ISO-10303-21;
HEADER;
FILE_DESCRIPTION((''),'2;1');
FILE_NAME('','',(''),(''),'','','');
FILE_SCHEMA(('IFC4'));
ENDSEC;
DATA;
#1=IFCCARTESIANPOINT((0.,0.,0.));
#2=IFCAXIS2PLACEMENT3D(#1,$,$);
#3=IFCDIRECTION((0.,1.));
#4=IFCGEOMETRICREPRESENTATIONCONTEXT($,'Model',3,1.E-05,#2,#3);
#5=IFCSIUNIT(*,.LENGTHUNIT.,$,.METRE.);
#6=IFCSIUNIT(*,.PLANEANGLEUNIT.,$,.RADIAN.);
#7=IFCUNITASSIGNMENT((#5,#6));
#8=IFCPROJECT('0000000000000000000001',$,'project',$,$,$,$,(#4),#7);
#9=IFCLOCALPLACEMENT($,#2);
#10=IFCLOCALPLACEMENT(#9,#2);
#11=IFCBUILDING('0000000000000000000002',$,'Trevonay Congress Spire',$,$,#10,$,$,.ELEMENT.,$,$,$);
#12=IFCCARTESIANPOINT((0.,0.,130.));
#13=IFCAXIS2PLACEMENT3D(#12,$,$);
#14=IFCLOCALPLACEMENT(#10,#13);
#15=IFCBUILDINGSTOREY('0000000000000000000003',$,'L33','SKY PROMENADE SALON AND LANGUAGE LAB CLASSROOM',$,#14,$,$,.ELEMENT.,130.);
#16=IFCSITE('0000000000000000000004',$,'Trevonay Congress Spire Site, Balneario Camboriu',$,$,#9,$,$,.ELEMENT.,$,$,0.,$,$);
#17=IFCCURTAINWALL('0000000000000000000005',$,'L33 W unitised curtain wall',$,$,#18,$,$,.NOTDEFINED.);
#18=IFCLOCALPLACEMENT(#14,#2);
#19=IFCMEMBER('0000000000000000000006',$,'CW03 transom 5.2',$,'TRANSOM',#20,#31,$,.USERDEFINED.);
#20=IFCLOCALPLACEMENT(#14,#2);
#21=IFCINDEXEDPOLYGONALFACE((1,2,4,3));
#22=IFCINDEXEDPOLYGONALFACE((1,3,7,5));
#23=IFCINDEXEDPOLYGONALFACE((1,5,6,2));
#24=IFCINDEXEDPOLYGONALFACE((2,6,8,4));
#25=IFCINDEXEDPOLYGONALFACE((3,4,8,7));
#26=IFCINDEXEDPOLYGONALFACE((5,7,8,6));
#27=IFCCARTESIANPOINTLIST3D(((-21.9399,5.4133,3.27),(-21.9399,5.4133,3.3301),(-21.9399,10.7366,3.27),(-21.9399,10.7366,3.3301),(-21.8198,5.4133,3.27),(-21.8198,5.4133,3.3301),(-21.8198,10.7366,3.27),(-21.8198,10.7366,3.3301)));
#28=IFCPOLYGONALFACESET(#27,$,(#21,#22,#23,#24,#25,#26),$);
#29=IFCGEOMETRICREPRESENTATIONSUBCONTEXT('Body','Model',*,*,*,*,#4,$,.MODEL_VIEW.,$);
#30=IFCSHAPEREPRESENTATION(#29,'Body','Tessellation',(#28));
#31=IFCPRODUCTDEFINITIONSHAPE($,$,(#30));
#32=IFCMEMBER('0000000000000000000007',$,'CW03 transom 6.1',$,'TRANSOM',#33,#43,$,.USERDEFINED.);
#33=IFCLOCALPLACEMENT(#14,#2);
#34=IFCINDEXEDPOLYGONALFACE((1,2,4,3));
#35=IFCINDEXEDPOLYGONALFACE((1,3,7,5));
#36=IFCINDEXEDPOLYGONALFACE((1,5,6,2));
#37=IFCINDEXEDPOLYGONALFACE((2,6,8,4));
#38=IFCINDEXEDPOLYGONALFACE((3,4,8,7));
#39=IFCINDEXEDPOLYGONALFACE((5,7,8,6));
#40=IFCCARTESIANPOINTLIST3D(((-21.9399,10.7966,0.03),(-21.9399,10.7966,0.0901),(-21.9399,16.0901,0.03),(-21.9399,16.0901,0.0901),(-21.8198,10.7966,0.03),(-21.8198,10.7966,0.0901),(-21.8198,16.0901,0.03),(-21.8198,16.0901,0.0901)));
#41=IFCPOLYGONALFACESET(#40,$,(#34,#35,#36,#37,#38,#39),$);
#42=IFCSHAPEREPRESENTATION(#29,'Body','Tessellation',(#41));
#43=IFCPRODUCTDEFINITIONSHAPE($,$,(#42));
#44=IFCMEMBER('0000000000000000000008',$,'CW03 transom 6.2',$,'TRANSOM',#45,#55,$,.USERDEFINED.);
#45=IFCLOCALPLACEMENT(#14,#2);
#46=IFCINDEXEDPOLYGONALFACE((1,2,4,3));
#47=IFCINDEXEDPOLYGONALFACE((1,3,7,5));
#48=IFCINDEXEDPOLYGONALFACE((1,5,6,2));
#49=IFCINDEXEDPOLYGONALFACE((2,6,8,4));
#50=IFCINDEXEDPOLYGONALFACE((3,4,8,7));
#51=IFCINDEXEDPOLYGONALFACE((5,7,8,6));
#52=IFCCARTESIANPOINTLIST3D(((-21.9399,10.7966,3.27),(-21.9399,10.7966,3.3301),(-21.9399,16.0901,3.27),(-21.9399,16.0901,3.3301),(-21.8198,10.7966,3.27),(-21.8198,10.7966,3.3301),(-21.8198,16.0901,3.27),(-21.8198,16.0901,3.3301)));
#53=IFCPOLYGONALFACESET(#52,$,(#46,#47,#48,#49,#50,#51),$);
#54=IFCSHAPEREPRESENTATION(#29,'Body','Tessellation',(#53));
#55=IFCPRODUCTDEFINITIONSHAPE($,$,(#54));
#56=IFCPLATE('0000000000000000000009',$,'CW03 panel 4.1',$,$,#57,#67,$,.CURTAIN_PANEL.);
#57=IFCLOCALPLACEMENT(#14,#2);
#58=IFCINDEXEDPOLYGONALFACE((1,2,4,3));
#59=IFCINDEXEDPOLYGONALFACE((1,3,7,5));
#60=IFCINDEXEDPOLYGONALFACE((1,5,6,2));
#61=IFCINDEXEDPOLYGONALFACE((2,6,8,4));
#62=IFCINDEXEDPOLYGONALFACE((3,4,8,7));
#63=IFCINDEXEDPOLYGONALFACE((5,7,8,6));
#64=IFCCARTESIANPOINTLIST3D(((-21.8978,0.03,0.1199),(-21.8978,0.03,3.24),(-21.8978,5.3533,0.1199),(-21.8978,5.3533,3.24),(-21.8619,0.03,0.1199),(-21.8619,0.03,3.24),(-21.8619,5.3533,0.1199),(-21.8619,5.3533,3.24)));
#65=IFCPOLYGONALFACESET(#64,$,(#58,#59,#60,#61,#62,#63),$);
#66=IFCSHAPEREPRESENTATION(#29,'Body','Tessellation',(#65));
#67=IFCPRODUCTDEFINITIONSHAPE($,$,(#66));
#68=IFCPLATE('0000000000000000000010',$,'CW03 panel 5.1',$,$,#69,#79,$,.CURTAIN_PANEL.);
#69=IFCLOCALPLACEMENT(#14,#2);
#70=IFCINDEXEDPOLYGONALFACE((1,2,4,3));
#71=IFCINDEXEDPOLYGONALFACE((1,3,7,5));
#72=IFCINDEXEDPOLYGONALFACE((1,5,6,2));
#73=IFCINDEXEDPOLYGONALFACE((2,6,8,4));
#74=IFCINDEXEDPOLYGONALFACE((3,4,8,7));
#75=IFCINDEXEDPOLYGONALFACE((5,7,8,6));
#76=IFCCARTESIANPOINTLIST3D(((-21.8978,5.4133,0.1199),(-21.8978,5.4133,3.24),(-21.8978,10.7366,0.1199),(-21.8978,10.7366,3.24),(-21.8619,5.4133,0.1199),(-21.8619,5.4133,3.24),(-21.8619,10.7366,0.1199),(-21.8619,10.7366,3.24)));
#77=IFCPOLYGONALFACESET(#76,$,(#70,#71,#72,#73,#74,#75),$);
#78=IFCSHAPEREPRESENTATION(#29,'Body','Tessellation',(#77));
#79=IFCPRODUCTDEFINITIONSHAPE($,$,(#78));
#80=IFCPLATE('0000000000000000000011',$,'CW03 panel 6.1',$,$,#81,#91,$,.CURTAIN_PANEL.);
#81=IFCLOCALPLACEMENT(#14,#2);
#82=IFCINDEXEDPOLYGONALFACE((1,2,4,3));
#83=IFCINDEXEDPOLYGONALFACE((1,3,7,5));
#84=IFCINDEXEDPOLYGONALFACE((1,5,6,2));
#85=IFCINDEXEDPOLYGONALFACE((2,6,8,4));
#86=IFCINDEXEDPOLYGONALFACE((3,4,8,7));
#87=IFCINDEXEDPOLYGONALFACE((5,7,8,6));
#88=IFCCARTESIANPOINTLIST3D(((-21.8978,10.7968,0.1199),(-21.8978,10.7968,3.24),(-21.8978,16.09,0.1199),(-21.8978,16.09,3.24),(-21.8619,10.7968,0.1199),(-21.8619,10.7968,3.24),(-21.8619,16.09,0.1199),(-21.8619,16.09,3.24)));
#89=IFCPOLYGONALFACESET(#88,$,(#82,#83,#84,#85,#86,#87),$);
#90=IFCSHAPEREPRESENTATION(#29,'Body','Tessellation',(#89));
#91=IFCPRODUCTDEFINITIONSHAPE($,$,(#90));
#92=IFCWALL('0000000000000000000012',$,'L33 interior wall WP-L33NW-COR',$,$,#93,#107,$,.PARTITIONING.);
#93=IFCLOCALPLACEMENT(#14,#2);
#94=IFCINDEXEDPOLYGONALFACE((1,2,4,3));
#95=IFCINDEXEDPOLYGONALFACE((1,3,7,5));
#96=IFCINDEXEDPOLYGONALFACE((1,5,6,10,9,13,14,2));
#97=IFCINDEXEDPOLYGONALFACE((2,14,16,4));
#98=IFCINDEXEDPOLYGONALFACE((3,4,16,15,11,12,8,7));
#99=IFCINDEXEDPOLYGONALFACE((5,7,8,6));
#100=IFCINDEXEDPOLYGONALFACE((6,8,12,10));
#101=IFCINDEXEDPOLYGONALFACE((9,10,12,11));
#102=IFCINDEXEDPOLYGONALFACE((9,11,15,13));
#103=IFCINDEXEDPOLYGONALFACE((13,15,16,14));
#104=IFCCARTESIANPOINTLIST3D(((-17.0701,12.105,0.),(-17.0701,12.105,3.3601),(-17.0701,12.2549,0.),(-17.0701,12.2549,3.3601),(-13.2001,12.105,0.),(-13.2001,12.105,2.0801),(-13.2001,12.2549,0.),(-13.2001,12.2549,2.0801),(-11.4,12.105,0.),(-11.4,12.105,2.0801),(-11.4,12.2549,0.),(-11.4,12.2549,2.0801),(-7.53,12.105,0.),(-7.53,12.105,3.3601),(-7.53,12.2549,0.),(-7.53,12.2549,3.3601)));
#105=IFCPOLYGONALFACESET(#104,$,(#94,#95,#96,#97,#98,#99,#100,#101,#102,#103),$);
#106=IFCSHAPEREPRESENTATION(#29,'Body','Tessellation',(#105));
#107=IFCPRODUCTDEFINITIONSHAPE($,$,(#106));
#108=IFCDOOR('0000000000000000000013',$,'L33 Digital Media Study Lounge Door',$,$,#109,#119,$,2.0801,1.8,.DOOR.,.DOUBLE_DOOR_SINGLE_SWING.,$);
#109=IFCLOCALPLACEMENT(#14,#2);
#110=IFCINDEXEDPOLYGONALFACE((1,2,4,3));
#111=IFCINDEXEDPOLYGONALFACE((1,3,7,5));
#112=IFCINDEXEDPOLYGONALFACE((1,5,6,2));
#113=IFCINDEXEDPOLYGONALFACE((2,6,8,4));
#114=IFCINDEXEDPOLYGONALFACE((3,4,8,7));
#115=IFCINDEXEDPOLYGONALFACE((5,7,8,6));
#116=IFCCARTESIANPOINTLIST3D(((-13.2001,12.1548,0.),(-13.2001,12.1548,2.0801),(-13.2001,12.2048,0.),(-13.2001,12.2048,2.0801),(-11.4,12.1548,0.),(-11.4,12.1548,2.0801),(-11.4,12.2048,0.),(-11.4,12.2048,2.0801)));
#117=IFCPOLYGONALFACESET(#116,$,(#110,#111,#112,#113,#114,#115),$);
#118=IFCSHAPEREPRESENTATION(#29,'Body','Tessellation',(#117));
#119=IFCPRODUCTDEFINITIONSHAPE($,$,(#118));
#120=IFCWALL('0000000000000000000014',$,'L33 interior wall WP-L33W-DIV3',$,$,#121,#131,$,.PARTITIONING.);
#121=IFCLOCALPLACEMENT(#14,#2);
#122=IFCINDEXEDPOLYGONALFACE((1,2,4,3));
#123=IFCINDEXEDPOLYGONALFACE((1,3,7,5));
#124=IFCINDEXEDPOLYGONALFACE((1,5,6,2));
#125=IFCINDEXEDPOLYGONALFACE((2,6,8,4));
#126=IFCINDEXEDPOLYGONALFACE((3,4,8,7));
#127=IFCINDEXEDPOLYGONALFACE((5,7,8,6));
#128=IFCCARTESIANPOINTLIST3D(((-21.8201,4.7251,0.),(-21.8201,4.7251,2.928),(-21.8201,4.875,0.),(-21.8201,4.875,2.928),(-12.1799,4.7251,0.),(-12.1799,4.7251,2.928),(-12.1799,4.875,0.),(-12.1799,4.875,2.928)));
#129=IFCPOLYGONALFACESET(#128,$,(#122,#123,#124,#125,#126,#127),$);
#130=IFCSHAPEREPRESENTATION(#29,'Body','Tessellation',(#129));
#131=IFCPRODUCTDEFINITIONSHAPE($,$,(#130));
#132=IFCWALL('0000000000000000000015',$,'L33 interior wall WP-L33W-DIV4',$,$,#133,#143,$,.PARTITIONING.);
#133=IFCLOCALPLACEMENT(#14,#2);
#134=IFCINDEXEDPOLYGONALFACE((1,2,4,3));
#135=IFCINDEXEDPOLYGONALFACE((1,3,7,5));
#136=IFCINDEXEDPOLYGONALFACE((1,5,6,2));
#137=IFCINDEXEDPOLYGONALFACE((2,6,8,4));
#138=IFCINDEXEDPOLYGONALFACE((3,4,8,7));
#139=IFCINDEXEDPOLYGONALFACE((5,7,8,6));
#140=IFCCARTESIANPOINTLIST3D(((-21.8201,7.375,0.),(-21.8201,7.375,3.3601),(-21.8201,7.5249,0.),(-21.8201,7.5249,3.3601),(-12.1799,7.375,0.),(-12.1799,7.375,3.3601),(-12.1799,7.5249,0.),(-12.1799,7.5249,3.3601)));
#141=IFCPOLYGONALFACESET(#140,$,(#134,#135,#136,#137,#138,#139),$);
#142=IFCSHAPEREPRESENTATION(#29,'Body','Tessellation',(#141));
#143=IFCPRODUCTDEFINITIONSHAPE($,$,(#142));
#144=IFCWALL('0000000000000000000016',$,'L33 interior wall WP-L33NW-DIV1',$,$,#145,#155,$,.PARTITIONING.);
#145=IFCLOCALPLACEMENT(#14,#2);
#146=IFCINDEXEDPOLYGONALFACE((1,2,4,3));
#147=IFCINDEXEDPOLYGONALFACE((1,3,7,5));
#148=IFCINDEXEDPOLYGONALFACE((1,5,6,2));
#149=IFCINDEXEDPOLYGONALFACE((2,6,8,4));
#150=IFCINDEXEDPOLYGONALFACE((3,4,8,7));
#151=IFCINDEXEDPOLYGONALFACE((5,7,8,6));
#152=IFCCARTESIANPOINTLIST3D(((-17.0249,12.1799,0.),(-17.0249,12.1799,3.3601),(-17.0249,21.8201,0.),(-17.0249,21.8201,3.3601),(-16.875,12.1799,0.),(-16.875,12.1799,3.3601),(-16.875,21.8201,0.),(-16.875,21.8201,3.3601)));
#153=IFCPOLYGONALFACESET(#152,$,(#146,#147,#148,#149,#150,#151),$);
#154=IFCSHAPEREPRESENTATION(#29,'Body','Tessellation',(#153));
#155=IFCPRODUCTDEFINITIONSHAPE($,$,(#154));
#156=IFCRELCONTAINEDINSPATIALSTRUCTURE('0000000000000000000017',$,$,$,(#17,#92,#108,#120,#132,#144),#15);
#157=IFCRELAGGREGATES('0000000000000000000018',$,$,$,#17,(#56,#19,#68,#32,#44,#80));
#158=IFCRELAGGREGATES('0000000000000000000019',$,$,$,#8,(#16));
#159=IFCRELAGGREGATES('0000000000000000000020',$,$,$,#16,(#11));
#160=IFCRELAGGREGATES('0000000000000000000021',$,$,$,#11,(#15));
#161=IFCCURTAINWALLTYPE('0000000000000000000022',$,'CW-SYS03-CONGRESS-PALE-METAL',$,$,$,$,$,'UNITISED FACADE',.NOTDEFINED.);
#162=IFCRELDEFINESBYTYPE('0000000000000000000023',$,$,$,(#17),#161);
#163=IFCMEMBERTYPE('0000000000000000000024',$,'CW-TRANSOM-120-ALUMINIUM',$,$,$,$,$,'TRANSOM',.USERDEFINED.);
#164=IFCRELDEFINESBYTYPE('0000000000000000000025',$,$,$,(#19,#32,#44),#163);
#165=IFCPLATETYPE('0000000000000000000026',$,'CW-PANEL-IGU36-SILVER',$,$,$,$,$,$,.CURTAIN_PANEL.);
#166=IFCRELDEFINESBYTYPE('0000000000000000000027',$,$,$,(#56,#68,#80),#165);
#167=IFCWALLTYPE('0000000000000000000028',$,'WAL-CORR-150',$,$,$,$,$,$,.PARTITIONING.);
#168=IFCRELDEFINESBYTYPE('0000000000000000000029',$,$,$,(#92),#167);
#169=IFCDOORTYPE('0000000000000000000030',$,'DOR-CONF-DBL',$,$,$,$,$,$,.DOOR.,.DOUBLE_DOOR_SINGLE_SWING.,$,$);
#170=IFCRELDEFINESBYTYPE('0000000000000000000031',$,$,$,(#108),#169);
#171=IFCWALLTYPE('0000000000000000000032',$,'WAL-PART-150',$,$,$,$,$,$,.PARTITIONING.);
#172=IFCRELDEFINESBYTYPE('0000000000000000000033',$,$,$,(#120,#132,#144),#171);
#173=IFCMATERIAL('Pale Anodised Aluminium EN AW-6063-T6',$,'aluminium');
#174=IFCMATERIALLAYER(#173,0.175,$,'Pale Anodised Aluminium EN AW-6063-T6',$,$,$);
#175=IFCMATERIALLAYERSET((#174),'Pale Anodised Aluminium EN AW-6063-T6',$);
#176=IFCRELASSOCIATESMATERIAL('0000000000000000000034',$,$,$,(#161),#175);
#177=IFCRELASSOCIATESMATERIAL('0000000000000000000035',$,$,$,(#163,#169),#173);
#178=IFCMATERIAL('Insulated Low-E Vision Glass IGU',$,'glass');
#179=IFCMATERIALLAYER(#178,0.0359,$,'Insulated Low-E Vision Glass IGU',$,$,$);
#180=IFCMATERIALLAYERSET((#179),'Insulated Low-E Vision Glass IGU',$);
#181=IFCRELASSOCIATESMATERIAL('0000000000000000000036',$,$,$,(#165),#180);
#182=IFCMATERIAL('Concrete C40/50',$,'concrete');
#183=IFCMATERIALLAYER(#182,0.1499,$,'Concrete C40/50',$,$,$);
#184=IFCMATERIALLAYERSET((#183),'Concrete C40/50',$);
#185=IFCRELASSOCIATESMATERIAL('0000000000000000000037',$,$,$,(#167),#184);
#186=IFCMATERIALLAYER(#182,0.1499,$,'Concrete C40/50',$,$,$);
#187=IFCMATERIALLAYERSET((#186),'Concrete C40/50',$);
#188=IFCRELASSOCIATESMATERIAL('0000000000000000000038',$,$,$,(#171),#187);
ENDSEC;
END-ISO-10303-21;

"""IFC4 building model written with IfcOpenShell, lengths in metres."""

from ifc_helpers import new_model, si_unit, direction, frame, frame_2d, origin, origin_2d, place, context, subcontext, project, spatial, rectangle, extrude, material, layer, layer_set, material_profile, profile_set, type_object, element, fill, aggregate, save


model = new_model("IFC4")

# Units and contexts
model_context = context("Model", 3, precision=1e-05, world=origin(), true_north=direction((0.0, 1.0)))
body_context = subcontext(model_context, "Body", "Model", "MODEL_VIEW")
ifc_project = project(units=[si_unit("LENGTHUNIT", "METRE"), si_unit("PLANEANGLEUNIT", "RADIAN")], contexts=[model_context])

# Site, building, storey
site_placement = place(None, origin())
site = spatial("IfcSite", under=ifc_project, at=site_placement, Name="Trevonay Congress Spire Site, Balneario Camboriu", CompositionType="ELEMENT", RefElevation=0.0)
building_placement = place(site_placement, origin())
building = spatial("IfcBuilding", under=site, at=building_placement, Name="Trevonay Congress Spire", CompositionType="ELEMENT")
storey_placement = place(building_placement, frame((0.0, 0.0, 130.0)))
storey = spatial("IfcBuildingStorey", under=building, at=storey_placement, Name="L33", Description="SKY PROMENADE SALON AND LANGUAGE LAB CLASSROOM", CompositionType="ELEMENT", Elevation=130.0)

# Curtain wall, members, plates
ifc_material_1 = material(Name="Pale Anodised Aluminium EN AW-6063-T6", Category="aluminium")
ifc_layer_1 = layer(ifc_material_1, 0.175, Name="Pale Anodised Aluminium EN AW-6063-T6")
ifc_layer_set_1 = layer_set([ifc_layer_1], Name="Pale Anodised Aluminium EN AW-6063-T6")
curtain_wall_type = type_object("IfcCurtainWallType", Name="CW-SYS03-CONGRESS-PALE-METAL", ElementType="UNITISED FACADE", PredefinedType="NOTDEFINED", material=ifc_layer_set_1)
curtain_wall_placement = place(storey_placement, origin())
curtain_wall = element("IfcCurtainWall", 1, at=curtain_wall_placement, inside=storey, type_object=curtain_wall_type, Name="L33 W unitised curtain wall", PredefinedType="NOTDEFINED")
ifc_material_profile_1 = material_profile(ifc_material_1, rectangle(XDim=0.1201, YDim=0.0601, at=origin_2d()), Name="CW-TRANSOM-120-ALUMINIUM")
ifc_profile_set_1 = profile_set([ifc_material_profile_1], Name="Pale Anodised Aluminium EN AW-6063-T6")
member_type_1 = type_object("IfcMemberType", Name="CW-TRANSOM-120-ALUMINIUM", ElementType="TRANSOM", PredefinedType="USERDEFINED", material=ifc_profile_set_1)
member_1_placement = place(storey_placement, frame((-21.8799, 5.4133, 3.3), z_axis=(0.0, 1.0, 0.0), x_axis=(-1.0, 0.0, 0.0)))
member_1 = element("IfcMember", 2, at=member_1_placement, type_object=member_type_1, Name="CW03 transom 5.2", ObjectType="TRANSOM", PredefinedType="USERDEFINED", context=body_context, shape_type="SweptSolid", body=[
    extrude(rectangle(XDim=0.1201, YDim=0.0601, at=origin_2d()), origin(), (0.0, 0.0, 1.0), 5.3232),
])
member_2_placement = place(storey_placement, frame((-21.8799, 10.7966, 0.0601), z_axis=(0.0, 1.0, 0.0), x_axis=(-1.0, 0.0, 0.0)))
member_2 = element("IfcMember", 3, at=member_2_placement, type_object=member_type_1, Name="CW03 transom 6.1", ObjectType="TRANSOM", PredefinedType="USERDEFINED", context=body_context, shape_type="SweptSolid", body=[
    extrude(rectangle(XDim=0.1201, YDim=0.0601, at=origin_2d()), origin(), (0.0, 0.0, 1.0), 5.2935),
])
member_3_placement = place(storey_placement, frame((-21.8799, 10.7966, 3.3), z_axis=(0.0, 1.0, 0.0), x_axis=(-1.0, 0.0, 0.0)))
member_3 = element("IfcMember", 4, at=member_3_placement, type_object=member_type_1, Name="CW03 transom 6.2", ObjectType="TRANSOM", PredefinedType="USERDEFINED", context=body_context, shape_type="SweptSolid", body=[
    extrude(rectangle(XDim=0.1201, YDim=0.0601, at=origin_2d()), origin(), (0.0, 0.0, 1.0), 5.2935),
])
ifc_material_2 = material(Name="Insulated Low-E Vision Glass IGU", Category="glass")
ifc_layer_2 = layer(ifc_material_2, 0.0359, Name="Insulated Low-E Vision Glass IGU")
ifc_layer_set_2 = layer_set([ifc_layer_2], Name="Insulated Low-E Vision Glass IGU")
plate_type = type_object("IfcPlateType", Name="CW-PANEL-IGU36-SILVER", PredefinedType="CURTAIN_PANEL", material=ifc_layer_set_2)
plate_1_placement = place(storey_placement, frame((-21.8799, 2.6917, 0.1199), z_axis=(0.0, 0.0, 1.0), x_axis=(0.0, 1.0, 0.0)))
plate_1 = element("IfcPlate", 5, at=plate_1_placement, type_object=plate_type, Name="CW03 panel 4.1", PredefinedType="CURTAIN_PANEL", context=body_context, shape_type="SweptSolid", body=[
    extrude(rectangle(XDim=5.3232, YDim=0.0359, at=origin_2d()), origin(), (0.0, 0.0, 1.0), 3.1201),
])
plate_2_placement = place(storey_placement, frame((-21.8799, 8.075, 0.1199), z_axis=(0.0, 0.0, 1.0), x_axis=(0.0, 1.0, 0.0)))
plate_2 = element("IfcPlate", 6, at=plate_2_placement, type_object=plate_type, Name="CW03 panel 5.1", PredefinedType="CURTAIN_PANEL", context=body_context, shape_type="SweptSolid", body=[
    extrude(rectangle(XDim=5.3232, YDim=0.0359, at=origin_2d()), origin(), (0.0, 0.0, 1.0), 3.1201),
])
plate_3_placement = place(storey_placement, frame((-21.8799, 13.4434, 0.1199), z_axis=(0.0, 0.0, 1.0), x_axis=(0.0, 1.0, 0.0)))
plate_3 = element("IfcPlate", 7, at=plate_3_placement, type_object=plate_type, Name="CW03 panel 6.1", PredefinedType="CURTAIN_PANEL", context=body_context, shape_type="SweptSolid", body=[
    extrude(rectangle(XDim=5.2932, YDim=0.0359, at=origin_2d()), origin(), (0.0, 0.0, 1.0), 3.1201),
])
aggregate(curtain_wall, [plate_1, member_1, plate_2, member_2, member_3, plate_3])

# Wall, opening, door
ifc_material_3 = material(Name="Concrete C40/50", Category="concrete")
ifc_layer_3 = layer(ifc_material_3, 0.1499, Name="Concrete C40/50")
ifc_layer_set_3 = layer_set([ifc_layer_3], Name="Concrete C40/50")
wall_type_1 = type_object("IfcWallType", Name="WAL-CORR-150", PredefinedType="PARTITIONING", material=ifc_layer_set_3)
wall_1_placement = place(storey_placement, frame((-17.0701, 12.1799, 0.0), z_axis=(0.0, 0.0, 1.0), x_axis=(1.0, 0.0, 0.0)))
wall_1 = element("IfcWall", 8, at=wall_1_placement, inside=storey, type_object=wall_type_1, Name="L33 interior wall WP-L33NW-COR", PredefinedType="PARTITIONING", context=body_context, shape_type="SweptSolid", body=[
    extrude(rectangle(XDim=9.54, YDim=0.1499, at=frame_2d((4.77, 0.0))), origin(), (0.0, 0.0, 1.0), 3.3601),
])
opening_placement = place(wall_1_placement, frame((3.8701, 0.0, 0.0)))
opening = element("IfcOpeningElement", 9, at=opening_placement, cuts=wall_1, PredefinedType="OPENING", context=body_context, shape_type="SweptSolid", body=[
    extrude(rectangle(XDim=1.8, YDim=2.0801, at=frame_2d((0.8999, 1.04))), frame((0.0, 0.085, 0.0), z_axis=(0.0, -1.0, 0.0), x_axis=(1.0, 0.0, 0.0)), (0.0, 0.0, 1.0), 0.1699),
])
door_type = type_object("IfcDoorType", Name="DOR-CONF-DBL", OperationType="DOUBLE_DOOR_SINGLE_SWING", PredefinedType="DOOR", material=ifc_material_1)
door_placement = place(opening_placement, origin())
door = element("IfcDoor", 10, at=door_placement, inside=storey, type_object=door_type, Name="L33 Digital Media Study Lounge Door", OperationType="DOUBLE_DOOR_SINGLE_SWING", OverallHeight=2.0801, OverallWidth=1.8, PredefinedType="DOOR", context=body_context, shape_type="SweptSolid", body=[
    extrude(rectangle(XDim=1.8, YDim=2.0801, at=frame_2d((0.8999, 1.04))), frame((0.0, 0.0249, 0.0), z_axis=(0.0, -1.0, 0.0), x_axis=(1.0, 0.0, 0.0)), (0.0, 0.0, 1.0), 0.05),
])
fill(opening, door)

# Walls
ifc_layer_4 = layer(ifc_material_3, 0.1499, Name="Concrete C40/50")
ifc_layer_set_4 = layer_set([ifc_layer_4], Name="Concrete C40/50")
wall_type_2 = type_object("IfcWallType", Name="WAL-PART-150", PredefinedType="PARTITIONING", material=ifc_layer_set_4)
wall_2_placement = place(storey_placement, frame((-21.8201, 4.8, 0.0), z_axis=(0.0, 0.0, 1.0), x_axis=(1.0, 0.0, 0.0)))
element("IfcWall", 11, at=wall_2_placement, inside=storey, type_object=wall_type_2, Name="L33 interior wall WP-L33W-DIV3", PredefinedType="PARTITIONING", context=body_context, shape_type="SweptSolid", body=[
    extrude(rectangle(XDim=9.6401, YDim=0.1499, at=frame_2d((4.8201, 0.0))), origin(), (0.0, 0.0, 1.0), 2.928),
])
for number, where, z_axis, x_axis, name in (
    (12, (-21.8201, 7.45, 0.0), (0.0, 0.0, 1.0), (1.0, 0.0, 0.0), "L33 interior wall WP-L33W-DIV4"),
    (13, (-16.95, 12.1799, 0.0), (0.0, 0.0, 1.0), (0.0, 1.0, 0.0), "L33 interior wall WP-L33NW-DIV1"),
):
    element("IfcWall", number, at=place(storey_placement, frame(where, z_axis=z_axis, x_axis=x_axis)), inside=storey, type_object=wall_type_2, Name=name, PredefinedType="PARTITIONING", context=body_context, shape_type="SweptSolid", body=[
        extrude(rectangle(XDim=9.6401, YDim=0.1499, at=frame_2d((4.8201, 0.0))), origin(), (0.0, 0.0, 1.0), 3.3601),
    ])

save(model, "model.ifc")
